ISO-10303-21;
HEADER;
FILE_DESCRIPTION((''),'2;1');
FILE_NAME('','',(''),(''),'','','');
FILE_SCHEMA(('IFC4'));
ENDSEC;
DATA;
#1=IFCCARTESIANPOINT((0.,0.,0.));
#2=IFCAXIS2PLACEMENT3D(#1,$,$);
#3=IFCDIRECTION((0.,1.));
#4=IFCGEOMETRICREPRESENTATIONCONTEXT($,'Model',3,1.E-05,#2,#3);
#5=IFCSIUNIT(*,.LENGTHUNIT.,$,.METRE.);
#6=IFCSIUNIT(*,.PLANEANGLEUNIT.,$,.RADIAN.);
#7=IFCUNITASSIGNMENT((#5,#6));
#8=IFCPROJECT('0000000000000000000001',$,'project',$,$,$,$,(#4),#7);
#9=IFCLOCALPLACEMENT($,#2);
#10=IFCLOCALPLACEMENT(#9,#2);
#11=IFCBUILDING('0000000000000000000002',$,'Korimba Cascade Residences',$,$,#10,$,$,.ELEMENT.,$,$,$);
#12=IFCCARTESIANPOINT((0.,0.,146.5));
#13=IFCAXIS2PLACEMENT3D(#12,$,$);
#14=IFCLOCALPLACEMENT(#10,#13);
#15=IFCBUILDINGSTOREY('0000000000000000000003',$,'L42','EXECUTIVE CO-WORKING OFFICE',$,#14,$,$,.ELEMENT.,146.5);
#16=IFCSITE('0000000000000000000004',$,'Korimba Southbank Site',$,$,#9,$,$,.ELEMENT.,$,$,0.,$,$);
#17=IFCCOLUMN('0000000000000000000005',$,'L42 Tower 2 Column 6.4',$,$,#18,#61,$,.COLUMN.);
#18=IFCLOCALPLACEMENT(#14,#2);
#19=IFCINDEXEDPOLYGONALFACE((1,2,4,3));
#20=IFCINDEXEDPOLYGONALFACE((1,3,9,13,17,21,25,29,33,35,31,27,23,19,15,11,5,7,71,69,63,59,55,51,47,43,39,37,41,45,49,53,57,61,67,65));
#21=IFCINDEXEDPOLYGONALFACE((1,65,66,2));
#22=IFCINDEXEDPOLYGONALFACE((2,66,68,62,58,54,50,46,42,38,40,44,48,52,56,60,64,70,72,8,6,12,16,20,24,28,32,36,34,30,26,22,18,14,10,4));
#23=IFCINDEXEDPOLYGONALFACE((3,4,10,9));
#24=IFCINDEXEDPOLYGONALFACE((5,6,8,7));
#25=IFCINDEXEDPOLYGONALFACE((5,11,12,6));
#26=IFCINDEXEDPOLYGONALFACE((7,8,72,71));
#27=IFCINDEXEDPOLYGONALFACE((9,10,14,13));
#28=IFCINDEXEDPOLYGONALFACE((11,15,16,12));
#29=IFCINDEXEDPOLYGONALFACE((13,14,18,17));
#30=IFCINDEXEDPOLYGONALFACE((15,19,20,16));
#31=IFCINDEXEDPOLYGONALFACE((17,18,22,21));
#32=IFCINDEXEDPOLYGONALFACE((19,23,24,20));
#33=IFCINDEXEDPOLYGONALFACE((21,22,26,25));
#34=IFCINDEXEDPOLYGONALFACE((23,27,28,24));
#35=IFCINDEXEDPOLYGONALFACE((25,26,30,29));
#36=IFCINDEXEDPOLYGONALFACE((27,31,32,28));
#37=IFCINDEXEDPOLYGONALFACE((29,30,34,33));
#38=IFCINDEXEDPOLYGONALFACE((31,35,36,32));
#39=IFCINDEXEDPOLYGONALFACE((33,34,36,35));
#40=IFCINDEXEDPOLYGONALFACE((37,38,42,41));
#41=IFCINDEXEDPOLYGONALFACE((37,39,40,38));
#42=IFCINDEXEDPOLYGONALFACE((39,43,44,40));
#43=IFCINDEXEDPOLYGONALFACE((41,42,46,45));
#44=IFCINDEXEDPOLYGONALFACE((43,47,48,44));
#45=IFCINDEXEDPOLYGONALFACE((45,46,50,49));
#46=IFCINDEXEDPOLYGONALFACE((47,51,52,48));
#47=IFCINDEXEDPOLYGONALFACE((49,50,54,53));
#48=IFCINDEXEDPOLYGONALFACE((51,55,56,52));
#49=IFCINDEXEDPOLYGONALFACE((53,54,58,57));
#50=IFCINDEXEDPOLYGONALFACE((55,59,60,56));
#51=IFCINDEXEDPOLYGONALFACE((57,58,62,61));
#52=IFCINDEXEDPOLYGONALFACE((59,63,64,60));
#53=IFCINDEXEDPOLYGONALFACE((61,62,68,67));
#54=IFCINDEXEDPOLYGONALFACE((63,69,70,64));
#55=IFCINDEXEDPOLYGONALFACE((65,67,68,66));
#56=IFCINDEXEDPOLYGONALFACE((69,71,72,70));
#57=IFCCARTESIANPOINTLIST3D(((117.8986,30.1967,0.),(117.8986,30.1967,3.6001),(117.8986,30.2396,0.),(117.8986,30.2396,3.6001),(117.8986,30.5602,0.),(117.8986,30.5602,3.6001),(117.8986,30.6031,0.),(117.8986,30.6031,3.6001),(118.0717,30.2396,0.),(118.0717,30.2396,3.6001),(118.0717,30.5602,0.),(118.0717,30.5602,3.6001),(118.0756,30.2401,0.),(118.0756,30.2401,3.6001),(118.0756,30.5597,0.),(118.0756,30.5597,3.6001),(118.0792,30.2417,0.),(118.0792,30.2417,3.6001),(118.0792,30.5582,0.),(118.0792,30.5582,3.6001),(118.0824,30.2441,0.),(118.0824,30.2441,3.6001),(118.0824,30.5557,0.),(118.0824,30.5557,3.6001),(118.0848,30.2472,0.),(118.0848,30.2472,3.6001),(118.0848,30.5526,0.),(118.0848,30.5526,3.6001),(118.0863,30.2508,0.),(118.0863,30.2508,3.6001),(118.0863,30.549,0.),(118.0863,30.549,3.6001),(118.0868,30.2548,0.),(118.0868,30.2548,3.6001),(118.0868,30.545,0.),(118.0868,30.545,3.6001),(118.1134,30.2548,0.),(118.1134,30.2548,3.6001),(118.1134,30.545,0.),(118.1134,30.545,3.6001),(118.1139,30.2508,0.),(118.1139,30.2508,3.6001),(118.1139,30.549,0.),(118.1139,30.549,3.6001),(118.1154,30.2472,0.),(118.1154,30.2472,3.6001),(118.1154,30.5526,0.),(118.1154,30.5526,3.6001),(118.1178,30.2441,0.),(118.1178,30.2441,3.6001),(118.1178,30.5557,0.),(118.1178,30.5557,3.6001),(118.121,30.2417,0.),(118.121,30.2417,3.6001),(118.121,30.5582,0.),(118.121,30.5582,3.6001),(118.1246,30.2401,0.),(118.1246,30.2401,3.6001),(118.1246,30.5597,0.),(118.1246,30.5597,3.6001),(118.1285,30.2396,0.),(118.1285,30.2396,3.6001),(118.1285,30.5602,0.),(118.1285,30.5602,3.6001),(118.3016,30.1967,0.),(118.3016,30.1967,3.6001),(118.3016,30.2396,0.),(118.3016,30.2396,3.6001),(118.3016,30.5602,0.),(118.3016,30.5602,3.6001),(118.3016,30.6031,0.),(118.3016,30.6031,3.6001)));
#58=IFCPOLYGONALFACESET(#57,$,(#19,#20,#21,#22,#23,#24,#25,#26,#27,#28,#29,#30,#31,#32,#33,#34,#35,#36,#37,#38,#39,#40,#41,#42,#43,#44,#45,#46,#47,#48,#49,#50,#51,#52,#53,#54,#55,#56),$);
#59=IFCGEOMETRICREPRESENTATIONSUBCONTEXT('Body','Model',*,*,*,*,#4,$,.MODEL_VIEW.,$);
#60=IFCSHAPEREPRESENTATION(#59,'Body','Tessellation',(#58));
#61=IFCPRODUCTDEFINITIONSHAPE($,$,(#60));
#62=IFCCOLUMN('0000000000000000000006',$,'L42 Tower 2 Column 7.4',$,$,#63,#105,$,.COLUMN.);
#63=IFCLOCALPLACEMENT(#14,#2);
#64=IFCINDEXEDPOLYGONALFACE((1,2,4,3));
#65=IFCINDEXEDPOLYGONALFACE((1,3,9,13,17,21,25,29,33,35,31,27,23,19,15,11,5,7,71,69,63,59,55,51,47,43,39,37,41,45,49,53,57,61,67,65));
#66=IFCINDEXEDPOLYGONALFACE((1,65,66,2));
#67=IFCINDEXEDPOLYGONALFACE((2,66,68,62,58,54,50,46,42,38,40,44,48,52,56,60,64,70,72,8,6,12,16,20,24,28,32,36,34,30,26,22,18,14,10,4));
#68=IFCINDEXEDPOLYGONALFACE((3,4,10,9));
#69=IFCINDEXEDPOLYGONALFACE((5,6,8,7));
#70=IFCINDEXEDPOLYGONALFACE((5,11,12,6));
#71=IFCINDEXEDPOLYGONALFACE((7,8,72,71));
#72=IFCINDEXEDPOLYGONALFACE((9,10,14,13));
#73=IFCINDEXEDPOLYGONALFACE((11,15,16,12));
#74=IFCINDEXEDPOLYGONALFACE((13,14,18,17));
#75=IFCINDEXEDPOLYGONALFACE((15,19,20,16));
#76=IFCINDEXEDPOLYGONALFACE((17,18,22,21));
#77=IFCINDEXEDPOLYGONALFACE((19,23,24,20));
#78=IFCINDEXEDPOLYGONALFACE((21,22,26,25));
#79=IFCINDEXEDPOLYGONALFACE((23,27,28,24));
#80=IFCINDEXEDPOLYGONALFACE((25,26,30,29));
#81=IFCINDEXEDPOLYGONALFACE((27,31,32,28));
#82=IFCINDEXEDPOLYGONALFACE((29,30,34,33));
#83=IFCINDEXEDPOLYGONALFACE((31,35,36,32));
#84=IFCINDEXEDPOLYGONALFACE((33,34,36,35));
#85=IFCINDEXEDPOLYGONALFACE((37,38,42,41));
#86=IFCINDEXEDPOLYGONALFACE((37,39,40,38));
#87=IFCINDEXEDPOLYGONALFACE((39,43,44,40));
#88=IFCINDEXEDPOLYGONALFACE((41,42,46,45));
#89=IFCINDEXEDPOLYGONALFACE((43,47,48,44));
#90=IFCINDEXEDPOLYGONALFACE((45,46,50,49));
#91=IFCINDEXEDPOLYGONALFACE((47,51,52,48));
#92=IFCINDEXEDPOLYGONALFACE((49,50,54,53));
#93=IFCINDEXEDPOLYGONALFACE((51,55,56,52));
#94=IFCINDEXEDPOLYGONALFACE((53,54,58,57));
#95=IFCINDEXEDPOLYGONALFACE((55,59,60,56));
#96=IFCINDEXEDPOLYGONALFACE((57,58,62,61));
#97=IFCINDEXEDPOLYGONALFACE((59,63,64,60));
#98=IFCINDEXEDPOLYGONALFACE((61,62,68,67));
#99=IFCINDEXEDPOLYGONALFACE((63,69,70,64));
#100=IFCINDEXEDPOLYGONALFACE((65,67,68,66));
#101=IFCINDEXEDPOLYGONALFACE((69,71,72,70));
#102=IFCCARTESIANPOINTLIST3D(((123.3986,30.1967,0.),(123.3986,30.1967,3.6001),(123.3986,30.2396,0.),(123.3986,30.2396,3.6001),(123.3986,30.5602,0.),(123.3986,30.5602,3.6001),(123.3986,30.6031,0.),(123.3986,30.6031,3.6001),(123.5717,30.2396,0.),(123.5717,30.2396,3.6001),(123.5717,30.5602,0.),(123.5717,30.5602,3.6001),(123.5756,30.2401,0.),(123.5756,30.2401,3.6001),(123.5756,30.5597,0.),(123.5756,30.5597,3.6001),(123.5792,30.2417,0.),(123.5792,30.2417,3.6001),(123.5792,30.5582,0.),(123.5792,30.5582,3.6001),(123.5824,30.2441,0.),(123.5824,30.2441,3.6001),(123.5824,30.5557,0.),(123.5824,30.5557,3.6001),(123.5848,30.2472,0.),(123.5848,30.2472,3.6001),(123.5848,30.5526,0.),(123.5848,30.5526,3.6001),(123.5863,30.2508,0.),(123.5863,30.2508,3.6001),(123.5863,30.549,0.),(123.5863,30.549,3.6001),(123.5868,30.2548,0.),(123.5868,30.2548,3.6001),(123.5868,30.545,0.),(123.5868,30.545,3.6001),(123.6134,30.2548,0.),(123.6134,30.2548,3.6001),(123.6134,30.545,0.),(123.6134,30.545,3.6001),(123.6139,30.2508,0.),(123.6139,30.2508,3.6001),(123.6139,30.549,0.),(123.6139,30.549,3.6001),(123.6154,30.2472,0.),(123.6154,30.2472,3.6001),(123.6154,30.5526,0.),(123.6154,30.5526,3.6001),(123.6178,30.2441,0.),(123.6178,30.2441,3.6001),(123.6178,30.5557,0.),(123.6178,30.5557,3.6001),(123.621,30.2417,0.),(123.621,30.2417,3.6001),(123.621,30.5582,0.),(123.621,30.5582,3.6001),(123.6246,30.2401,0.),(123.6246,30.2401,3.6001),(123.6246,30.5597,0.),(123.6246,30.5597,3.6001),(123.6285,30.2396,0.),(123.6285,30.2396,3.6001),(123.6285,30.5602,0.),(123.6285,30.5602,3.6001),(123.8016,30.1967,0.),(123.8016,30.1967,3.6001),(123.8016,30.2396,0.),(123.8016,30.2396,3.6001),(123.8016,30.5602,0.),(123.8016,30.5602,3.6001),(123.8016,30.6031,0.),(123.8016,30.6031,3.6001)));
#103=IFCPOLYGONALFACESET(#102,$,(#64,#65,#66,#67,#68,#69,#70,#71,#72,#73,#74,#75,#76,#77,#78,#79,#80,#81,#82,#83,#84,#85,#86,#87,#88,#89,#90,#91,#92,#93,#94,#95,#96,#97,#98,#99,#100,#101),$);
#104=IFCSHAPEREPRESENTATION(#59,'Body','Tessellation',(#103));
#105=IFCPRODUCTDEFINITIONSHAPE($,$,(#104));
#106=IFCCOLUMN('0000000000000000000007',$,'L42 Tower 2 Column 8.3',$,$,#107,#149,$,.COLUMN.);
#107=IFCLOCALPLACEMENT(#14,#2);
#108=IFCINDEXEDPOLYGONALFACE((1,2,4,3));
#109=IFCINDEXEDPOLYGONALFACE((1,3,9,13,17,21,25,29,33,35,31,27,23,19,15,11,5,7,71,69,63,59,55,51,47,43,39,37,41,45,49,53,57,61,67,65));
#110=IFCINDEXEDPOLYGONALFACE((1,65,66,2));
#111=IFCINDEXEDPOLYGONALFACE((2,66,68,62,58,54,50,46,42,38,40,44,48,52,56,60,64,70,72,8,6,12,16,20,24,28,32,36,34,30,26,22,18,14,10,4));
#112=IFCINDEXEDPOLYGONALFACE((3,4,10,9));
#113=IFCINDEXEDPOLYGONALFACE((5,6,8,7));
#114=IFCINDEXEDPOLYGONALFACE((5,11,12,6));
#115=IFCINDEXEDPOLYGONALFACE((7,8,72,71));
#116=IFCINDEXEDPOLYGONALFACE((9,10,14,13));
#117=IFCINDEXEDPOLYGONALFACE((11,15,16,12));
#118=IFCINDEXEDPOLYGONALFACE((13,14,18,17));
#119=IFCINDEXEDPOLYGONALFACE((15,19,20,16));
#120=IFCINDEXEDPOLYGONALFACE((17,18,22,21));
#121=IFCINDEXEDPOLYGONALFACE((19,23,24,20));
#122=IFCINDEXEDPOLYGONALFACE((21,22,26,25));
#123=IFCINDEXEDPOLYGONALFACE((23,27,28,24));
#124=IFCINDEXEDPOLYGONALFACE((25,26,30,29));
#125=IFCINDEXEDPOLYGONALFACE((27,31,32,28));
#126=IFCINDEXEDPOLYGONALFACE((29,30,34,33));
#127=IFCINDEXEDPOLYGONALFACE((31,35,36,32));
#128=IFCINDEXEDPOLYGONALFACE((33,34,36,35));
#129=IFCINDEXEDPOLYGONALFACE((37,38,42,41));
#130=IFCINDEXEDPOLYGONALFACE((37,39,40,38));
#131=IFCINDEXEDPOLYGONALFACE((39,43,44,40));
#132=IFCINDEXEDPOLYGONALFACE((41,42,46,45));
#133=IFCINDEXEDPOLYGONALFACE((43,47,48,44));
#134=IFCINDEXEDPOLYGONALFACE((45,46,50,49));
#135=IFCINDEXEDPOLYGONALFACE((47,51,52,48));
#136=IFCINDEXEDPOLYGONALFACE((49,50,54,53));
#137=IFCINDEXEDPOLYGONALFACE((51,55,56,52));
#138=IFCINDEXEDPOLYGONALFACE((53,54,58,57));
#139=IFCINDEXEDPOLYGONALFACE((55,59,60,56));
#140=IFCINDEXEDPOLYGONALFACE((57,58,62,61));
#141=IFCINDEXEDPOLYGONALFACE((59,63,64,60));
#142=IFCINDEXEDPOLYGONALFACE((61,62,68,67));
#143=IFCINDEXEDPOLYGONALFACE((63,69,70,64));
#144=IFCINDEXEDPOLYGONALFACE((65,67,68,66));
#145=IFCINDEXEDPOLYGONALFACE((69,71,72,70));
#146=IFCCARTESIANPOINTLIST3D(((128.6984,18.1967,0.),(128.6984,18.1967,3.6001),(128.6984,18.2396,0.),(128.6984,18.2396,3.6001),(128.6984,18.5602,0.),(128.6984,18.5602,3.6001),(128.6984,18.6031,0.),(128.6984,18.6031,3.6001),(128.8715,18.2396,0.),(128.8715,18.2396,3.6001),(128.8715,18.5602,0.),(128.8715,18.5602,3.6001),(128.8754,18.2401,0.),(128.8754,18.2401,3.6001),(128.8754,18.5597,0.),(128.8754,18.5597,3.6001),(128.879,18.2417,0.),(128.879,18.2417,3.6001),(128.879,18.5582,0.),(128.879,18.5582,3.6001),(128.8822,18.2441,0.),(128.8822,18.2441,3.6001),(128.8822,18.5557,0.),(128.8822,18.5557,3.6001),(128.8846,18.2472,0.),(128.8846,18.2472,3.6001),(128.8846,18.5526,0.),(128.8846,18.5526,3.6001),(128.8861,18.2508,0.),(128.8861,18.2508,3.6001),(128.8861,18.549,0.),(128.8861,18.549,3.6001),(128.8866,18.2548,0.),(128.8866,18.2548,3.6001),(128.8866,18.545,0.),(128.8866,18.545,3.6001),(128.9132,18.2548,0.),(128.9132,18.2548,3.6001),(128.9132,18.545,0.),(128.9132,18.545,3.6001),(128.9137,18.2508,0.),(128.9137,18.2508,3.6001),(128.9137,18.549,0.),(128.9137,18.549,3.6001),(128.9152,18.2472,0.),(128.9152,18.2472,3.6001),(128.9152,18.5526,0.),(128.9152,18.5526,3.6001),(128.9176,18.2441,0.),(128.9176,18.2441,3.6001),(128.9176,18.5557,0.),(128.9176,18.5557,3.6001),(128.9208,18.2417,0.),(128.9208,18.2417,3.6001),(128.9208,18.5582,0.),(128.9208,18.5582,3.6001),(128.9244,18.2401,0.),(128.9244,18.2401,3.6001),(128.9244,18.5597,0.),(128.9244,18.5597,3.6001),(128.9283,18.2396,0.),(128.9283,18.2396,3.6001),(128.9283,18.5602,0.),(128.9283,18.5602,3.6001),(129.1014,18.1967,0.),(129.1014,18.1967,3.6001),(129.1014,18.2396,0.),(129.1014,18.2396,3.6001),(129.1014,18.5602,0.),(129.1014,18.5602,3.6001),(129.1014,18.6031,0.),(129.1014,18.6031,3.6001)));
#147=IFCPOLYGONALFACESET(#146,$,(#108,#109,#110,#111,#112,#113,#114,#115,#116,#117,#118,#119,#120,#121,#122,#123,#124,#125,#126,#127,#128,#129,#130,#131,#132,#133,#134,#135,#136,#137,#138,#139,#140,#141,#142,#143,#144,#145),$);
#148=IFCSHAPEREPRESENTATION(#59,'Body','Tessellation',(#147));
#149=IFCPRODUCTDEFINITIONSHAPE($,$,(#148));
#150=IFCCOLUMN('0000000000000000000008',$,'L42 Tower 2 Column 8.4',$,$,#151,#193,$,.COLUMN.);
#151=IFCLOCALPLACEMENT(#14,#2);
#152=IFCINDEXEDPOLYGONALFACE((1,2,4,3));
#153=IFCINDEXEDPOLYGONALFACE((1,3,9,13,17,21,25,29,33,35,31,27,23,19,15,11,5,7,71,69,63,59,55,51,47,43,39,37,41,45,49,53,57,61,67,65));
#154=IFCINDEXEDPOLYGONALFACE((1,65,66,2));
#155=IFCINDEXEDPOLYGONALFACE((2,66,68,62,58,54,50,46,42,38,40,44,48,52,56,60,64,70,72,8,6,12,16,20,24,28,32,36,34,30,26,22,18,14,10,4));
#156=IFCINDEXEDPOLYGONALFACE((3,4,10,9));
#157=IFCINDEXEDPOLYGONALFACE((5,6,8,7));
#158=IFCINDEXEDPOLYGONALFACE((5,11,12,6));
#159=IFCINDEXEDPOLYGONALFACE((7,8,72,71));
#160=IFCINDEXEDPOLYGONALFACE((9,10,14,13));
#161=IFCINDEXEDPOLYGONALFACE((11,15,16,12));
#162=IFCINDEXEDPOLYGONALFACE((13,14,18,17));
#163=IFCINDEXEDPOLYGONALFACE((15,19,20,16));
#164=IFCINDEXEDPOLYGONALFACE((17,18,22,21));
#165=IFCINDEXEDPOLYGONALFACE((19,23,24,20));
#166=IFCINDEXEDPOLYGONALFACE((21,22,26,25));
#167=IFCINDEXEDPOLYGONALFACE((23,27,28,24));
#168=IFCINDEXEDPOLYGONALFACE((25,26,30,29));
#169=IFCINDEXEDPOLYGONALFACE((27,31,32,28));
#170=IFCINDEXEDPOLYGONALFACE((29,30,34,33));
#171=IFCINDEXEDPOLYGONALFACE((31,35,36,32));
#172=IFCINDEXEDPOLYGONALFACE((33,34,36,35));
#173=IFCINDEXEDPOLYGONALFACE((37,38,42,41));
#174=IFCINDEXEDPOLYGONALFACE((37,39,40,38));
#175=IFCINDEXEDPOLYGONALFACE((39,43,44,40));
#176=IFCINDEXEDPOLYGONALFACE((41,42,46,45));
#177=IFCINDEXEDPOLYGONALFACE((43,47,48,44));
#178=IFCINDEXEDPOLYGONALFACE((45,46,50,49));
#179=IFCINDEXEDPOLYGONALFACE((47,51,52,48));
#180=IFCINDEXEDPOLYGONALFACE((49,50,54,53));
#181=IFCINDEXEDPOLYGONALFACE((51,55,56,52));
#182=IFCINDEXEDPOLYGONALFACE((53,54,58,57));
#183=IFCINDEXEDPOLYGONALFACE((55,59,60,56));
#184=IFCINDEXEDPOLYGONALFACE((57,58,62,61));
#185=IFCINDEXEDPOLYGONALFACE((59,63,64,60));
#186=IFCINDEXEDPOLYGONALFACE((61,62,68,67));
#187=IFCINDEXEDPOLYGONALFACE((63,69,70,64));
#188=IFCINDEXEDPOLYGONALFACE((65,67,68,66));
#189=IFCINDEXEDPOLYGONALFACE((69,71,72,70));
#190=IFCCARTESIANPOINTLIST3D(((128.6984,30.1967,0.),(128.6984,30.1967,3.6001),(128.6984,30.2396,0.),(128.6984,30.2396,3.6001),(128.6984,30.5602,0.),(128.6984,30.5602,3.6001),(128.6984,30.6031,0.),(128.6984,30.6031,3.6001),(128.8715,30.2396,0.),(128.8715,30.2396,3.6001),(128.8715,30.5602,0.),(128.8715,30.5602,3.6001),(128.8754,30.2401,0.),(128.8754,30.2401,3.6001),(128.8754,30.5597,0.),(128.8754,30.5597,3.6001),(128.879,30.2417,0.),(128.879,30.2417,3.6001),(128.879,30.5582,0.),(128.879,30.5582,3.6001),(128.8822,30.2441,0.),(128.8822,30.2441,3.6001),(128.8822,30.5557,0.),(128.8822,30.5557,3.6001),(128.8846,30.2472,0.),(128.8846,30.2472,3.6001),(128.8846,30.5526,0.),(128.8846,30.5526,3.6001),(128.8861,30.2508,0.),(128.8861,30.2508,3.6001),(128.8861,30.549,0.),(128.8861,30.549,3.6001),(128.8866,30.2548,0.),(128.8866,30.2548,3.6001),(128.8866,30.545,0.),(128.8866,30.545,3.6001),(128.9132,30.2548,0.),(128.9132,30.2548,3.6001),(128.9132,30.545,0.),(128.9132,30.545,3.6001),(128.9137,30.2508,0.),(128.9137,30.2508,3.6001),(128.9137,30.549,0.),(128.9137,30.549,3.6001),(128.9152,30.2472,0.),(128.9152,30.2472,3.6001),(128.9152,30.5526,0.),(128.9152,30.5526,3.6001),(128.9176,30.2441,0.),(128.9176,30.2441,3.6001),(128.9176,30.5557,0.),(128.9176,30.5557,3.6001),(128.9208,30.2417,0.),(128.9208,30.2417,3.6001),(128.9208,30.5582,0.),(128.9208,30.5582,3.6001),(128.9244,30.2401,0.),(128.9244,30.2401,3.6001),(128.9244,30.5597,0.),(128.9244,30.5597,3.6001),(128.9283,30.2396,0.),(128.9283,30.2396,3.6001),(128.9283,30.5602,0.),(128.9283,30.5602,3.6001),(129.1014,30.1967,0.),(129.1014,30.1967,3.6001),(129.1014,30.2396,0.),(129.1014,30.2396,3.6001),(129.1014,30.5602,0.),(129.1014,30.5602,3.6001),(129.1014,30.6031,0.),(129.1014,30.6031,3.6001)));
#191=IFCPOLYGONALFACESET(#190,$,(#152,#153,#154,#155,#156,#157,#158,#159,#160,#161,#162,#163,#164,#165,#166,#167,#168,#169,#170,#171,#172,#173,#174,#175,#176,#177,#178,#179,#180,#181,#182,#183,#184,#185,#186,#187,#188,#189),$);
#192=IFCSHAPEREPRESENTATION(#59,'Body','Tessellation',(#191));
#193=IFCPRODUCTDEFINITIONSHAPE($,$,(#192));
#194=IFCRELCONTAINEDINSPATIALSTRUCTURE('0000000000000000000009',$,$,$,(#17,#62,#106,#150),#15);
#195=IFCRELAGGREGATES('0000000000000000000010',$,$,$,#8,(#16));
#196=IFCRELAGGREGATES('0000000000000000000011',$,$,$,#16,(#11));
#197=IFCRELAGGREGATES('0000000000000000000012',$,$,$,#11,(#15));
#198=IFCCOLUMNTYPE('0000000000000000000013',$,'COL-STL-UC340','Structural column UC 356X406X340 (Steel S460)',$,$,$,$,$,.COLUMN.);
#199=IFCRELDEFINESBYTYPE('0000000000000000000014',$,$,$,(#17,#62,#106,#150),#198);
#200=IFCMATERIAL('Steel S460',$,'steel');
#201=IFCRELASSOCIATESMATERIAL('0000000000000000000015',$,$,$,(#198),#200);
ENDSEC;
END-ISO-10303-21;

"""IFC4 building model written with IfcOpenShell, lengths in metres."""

from ifc_helpers import new_model, si_unit, direction, frame, origin, origin_2d, place, context, subcontext, project, spatial, i_section, extrude, material, material_profile, profile_set, type_object, element, save


model = new_model("IFC4")

# Units and contexts
model_context = context("Model", 3, precision=1e-05, world=origin(), true_north=direction((0.0, 1.0)))
body_context = subcontext(model_context, "Body", "Model", "MODEL_VIEW")
ifc_project = project(units=[si_unit("LENGTHUNIT", "METRE"), si_unit("PLANEANGLEUNIT", "RADIAN")], contexts=[model_context])

# Site, building, storey
site_placement = place(None, origin())
site = spatial("IfcSite", under=ifc_project, at=site_placement, Name="Korimba Southbank Site", CompositionType="ELEMENT", RefElevation=0.0)
building_placement = place(site_placement, origin())
building = spatial("IfcBuilding", under=site, at=building_placement, Name="Korimba Cascade Residences", CompositionType="ELEMENT")
storey_placement = place(building_placement, frame((0.0, 0.0, 146.5)))
storey = spatial("IfcBuildingStorey", under=building, at=storey_placement, Name="L42", Description="EXECUTIVE CO-WORKING OFFICE", CompositionType="ELEMENT", Elevation=146.5)

# Columns
ifc_material_1 = material(Name="Steel S460", Category="steel")
ifc_material_profile_1 = material_profile(ifc_material_1, i_section(OverallWidth=0.4031, OverallDepth=0.4065, WebThickness=0.0266, FlangeThickness=0.043, FilletRadius=0.0151, at=origin_2d()), Name="Steel S460")
ifc_profile_set_1 = profile_set([ifc_material_profile_1], Name="Steel S460")
column_type = type_object("IfcColumnType", Name="COL-STL-UC340", Description="Structural column UC 356X406X340 (Steel S460)", PredefinedType="COLUMN", material=ifc_profile_set_1)
for number, where, z_axis, x_axis, name in (
    (1, (118.1001, 30.3999, 0.0), (0.0, 0.0, 1.0), (1.0, 0.0, 0.0), "L42 Tower 2 Column 6.4"),
    (2, (123.6001, 30.3999, 0.0), (0.0, 0.0, 1.0), (1.0, 0.0, 0.0), "L42 Tower 2 Column 7.4"),
    (3, (128.8999, 18.3999, 0.0), (0.0, 0.0, 1.0), (1.0, 0.0, 0.0), "L42 Tower 2 Column 8.3"),
    (4, (128.8999, 30.3999, 0.0), (0.0, 0.0, 1.0), (1.0, 0.0, 0.0), "L42 Tower 2 Column 8.4"),
):
    element("IfcColumn", number, at=place(storey_placement, frame(where, z_axis=z_axis, x_axis=x_axis)), inside=storey, type_object=column_type, Name=name, PredefinedType="COLUMN", context=body_context, shape_type="SweptSolid", body=[
        extrude(i_section(OverallWidth=0.4031, OverallDepth=0.4065, WebThickness=0.0266, FlangeThickness=0.043, FilletRadius=0.0151, at=origin_2d()), origin(), (0.0, 0.0, 1.0), 3.6001),
    ])

save(model, "model.ifc")
